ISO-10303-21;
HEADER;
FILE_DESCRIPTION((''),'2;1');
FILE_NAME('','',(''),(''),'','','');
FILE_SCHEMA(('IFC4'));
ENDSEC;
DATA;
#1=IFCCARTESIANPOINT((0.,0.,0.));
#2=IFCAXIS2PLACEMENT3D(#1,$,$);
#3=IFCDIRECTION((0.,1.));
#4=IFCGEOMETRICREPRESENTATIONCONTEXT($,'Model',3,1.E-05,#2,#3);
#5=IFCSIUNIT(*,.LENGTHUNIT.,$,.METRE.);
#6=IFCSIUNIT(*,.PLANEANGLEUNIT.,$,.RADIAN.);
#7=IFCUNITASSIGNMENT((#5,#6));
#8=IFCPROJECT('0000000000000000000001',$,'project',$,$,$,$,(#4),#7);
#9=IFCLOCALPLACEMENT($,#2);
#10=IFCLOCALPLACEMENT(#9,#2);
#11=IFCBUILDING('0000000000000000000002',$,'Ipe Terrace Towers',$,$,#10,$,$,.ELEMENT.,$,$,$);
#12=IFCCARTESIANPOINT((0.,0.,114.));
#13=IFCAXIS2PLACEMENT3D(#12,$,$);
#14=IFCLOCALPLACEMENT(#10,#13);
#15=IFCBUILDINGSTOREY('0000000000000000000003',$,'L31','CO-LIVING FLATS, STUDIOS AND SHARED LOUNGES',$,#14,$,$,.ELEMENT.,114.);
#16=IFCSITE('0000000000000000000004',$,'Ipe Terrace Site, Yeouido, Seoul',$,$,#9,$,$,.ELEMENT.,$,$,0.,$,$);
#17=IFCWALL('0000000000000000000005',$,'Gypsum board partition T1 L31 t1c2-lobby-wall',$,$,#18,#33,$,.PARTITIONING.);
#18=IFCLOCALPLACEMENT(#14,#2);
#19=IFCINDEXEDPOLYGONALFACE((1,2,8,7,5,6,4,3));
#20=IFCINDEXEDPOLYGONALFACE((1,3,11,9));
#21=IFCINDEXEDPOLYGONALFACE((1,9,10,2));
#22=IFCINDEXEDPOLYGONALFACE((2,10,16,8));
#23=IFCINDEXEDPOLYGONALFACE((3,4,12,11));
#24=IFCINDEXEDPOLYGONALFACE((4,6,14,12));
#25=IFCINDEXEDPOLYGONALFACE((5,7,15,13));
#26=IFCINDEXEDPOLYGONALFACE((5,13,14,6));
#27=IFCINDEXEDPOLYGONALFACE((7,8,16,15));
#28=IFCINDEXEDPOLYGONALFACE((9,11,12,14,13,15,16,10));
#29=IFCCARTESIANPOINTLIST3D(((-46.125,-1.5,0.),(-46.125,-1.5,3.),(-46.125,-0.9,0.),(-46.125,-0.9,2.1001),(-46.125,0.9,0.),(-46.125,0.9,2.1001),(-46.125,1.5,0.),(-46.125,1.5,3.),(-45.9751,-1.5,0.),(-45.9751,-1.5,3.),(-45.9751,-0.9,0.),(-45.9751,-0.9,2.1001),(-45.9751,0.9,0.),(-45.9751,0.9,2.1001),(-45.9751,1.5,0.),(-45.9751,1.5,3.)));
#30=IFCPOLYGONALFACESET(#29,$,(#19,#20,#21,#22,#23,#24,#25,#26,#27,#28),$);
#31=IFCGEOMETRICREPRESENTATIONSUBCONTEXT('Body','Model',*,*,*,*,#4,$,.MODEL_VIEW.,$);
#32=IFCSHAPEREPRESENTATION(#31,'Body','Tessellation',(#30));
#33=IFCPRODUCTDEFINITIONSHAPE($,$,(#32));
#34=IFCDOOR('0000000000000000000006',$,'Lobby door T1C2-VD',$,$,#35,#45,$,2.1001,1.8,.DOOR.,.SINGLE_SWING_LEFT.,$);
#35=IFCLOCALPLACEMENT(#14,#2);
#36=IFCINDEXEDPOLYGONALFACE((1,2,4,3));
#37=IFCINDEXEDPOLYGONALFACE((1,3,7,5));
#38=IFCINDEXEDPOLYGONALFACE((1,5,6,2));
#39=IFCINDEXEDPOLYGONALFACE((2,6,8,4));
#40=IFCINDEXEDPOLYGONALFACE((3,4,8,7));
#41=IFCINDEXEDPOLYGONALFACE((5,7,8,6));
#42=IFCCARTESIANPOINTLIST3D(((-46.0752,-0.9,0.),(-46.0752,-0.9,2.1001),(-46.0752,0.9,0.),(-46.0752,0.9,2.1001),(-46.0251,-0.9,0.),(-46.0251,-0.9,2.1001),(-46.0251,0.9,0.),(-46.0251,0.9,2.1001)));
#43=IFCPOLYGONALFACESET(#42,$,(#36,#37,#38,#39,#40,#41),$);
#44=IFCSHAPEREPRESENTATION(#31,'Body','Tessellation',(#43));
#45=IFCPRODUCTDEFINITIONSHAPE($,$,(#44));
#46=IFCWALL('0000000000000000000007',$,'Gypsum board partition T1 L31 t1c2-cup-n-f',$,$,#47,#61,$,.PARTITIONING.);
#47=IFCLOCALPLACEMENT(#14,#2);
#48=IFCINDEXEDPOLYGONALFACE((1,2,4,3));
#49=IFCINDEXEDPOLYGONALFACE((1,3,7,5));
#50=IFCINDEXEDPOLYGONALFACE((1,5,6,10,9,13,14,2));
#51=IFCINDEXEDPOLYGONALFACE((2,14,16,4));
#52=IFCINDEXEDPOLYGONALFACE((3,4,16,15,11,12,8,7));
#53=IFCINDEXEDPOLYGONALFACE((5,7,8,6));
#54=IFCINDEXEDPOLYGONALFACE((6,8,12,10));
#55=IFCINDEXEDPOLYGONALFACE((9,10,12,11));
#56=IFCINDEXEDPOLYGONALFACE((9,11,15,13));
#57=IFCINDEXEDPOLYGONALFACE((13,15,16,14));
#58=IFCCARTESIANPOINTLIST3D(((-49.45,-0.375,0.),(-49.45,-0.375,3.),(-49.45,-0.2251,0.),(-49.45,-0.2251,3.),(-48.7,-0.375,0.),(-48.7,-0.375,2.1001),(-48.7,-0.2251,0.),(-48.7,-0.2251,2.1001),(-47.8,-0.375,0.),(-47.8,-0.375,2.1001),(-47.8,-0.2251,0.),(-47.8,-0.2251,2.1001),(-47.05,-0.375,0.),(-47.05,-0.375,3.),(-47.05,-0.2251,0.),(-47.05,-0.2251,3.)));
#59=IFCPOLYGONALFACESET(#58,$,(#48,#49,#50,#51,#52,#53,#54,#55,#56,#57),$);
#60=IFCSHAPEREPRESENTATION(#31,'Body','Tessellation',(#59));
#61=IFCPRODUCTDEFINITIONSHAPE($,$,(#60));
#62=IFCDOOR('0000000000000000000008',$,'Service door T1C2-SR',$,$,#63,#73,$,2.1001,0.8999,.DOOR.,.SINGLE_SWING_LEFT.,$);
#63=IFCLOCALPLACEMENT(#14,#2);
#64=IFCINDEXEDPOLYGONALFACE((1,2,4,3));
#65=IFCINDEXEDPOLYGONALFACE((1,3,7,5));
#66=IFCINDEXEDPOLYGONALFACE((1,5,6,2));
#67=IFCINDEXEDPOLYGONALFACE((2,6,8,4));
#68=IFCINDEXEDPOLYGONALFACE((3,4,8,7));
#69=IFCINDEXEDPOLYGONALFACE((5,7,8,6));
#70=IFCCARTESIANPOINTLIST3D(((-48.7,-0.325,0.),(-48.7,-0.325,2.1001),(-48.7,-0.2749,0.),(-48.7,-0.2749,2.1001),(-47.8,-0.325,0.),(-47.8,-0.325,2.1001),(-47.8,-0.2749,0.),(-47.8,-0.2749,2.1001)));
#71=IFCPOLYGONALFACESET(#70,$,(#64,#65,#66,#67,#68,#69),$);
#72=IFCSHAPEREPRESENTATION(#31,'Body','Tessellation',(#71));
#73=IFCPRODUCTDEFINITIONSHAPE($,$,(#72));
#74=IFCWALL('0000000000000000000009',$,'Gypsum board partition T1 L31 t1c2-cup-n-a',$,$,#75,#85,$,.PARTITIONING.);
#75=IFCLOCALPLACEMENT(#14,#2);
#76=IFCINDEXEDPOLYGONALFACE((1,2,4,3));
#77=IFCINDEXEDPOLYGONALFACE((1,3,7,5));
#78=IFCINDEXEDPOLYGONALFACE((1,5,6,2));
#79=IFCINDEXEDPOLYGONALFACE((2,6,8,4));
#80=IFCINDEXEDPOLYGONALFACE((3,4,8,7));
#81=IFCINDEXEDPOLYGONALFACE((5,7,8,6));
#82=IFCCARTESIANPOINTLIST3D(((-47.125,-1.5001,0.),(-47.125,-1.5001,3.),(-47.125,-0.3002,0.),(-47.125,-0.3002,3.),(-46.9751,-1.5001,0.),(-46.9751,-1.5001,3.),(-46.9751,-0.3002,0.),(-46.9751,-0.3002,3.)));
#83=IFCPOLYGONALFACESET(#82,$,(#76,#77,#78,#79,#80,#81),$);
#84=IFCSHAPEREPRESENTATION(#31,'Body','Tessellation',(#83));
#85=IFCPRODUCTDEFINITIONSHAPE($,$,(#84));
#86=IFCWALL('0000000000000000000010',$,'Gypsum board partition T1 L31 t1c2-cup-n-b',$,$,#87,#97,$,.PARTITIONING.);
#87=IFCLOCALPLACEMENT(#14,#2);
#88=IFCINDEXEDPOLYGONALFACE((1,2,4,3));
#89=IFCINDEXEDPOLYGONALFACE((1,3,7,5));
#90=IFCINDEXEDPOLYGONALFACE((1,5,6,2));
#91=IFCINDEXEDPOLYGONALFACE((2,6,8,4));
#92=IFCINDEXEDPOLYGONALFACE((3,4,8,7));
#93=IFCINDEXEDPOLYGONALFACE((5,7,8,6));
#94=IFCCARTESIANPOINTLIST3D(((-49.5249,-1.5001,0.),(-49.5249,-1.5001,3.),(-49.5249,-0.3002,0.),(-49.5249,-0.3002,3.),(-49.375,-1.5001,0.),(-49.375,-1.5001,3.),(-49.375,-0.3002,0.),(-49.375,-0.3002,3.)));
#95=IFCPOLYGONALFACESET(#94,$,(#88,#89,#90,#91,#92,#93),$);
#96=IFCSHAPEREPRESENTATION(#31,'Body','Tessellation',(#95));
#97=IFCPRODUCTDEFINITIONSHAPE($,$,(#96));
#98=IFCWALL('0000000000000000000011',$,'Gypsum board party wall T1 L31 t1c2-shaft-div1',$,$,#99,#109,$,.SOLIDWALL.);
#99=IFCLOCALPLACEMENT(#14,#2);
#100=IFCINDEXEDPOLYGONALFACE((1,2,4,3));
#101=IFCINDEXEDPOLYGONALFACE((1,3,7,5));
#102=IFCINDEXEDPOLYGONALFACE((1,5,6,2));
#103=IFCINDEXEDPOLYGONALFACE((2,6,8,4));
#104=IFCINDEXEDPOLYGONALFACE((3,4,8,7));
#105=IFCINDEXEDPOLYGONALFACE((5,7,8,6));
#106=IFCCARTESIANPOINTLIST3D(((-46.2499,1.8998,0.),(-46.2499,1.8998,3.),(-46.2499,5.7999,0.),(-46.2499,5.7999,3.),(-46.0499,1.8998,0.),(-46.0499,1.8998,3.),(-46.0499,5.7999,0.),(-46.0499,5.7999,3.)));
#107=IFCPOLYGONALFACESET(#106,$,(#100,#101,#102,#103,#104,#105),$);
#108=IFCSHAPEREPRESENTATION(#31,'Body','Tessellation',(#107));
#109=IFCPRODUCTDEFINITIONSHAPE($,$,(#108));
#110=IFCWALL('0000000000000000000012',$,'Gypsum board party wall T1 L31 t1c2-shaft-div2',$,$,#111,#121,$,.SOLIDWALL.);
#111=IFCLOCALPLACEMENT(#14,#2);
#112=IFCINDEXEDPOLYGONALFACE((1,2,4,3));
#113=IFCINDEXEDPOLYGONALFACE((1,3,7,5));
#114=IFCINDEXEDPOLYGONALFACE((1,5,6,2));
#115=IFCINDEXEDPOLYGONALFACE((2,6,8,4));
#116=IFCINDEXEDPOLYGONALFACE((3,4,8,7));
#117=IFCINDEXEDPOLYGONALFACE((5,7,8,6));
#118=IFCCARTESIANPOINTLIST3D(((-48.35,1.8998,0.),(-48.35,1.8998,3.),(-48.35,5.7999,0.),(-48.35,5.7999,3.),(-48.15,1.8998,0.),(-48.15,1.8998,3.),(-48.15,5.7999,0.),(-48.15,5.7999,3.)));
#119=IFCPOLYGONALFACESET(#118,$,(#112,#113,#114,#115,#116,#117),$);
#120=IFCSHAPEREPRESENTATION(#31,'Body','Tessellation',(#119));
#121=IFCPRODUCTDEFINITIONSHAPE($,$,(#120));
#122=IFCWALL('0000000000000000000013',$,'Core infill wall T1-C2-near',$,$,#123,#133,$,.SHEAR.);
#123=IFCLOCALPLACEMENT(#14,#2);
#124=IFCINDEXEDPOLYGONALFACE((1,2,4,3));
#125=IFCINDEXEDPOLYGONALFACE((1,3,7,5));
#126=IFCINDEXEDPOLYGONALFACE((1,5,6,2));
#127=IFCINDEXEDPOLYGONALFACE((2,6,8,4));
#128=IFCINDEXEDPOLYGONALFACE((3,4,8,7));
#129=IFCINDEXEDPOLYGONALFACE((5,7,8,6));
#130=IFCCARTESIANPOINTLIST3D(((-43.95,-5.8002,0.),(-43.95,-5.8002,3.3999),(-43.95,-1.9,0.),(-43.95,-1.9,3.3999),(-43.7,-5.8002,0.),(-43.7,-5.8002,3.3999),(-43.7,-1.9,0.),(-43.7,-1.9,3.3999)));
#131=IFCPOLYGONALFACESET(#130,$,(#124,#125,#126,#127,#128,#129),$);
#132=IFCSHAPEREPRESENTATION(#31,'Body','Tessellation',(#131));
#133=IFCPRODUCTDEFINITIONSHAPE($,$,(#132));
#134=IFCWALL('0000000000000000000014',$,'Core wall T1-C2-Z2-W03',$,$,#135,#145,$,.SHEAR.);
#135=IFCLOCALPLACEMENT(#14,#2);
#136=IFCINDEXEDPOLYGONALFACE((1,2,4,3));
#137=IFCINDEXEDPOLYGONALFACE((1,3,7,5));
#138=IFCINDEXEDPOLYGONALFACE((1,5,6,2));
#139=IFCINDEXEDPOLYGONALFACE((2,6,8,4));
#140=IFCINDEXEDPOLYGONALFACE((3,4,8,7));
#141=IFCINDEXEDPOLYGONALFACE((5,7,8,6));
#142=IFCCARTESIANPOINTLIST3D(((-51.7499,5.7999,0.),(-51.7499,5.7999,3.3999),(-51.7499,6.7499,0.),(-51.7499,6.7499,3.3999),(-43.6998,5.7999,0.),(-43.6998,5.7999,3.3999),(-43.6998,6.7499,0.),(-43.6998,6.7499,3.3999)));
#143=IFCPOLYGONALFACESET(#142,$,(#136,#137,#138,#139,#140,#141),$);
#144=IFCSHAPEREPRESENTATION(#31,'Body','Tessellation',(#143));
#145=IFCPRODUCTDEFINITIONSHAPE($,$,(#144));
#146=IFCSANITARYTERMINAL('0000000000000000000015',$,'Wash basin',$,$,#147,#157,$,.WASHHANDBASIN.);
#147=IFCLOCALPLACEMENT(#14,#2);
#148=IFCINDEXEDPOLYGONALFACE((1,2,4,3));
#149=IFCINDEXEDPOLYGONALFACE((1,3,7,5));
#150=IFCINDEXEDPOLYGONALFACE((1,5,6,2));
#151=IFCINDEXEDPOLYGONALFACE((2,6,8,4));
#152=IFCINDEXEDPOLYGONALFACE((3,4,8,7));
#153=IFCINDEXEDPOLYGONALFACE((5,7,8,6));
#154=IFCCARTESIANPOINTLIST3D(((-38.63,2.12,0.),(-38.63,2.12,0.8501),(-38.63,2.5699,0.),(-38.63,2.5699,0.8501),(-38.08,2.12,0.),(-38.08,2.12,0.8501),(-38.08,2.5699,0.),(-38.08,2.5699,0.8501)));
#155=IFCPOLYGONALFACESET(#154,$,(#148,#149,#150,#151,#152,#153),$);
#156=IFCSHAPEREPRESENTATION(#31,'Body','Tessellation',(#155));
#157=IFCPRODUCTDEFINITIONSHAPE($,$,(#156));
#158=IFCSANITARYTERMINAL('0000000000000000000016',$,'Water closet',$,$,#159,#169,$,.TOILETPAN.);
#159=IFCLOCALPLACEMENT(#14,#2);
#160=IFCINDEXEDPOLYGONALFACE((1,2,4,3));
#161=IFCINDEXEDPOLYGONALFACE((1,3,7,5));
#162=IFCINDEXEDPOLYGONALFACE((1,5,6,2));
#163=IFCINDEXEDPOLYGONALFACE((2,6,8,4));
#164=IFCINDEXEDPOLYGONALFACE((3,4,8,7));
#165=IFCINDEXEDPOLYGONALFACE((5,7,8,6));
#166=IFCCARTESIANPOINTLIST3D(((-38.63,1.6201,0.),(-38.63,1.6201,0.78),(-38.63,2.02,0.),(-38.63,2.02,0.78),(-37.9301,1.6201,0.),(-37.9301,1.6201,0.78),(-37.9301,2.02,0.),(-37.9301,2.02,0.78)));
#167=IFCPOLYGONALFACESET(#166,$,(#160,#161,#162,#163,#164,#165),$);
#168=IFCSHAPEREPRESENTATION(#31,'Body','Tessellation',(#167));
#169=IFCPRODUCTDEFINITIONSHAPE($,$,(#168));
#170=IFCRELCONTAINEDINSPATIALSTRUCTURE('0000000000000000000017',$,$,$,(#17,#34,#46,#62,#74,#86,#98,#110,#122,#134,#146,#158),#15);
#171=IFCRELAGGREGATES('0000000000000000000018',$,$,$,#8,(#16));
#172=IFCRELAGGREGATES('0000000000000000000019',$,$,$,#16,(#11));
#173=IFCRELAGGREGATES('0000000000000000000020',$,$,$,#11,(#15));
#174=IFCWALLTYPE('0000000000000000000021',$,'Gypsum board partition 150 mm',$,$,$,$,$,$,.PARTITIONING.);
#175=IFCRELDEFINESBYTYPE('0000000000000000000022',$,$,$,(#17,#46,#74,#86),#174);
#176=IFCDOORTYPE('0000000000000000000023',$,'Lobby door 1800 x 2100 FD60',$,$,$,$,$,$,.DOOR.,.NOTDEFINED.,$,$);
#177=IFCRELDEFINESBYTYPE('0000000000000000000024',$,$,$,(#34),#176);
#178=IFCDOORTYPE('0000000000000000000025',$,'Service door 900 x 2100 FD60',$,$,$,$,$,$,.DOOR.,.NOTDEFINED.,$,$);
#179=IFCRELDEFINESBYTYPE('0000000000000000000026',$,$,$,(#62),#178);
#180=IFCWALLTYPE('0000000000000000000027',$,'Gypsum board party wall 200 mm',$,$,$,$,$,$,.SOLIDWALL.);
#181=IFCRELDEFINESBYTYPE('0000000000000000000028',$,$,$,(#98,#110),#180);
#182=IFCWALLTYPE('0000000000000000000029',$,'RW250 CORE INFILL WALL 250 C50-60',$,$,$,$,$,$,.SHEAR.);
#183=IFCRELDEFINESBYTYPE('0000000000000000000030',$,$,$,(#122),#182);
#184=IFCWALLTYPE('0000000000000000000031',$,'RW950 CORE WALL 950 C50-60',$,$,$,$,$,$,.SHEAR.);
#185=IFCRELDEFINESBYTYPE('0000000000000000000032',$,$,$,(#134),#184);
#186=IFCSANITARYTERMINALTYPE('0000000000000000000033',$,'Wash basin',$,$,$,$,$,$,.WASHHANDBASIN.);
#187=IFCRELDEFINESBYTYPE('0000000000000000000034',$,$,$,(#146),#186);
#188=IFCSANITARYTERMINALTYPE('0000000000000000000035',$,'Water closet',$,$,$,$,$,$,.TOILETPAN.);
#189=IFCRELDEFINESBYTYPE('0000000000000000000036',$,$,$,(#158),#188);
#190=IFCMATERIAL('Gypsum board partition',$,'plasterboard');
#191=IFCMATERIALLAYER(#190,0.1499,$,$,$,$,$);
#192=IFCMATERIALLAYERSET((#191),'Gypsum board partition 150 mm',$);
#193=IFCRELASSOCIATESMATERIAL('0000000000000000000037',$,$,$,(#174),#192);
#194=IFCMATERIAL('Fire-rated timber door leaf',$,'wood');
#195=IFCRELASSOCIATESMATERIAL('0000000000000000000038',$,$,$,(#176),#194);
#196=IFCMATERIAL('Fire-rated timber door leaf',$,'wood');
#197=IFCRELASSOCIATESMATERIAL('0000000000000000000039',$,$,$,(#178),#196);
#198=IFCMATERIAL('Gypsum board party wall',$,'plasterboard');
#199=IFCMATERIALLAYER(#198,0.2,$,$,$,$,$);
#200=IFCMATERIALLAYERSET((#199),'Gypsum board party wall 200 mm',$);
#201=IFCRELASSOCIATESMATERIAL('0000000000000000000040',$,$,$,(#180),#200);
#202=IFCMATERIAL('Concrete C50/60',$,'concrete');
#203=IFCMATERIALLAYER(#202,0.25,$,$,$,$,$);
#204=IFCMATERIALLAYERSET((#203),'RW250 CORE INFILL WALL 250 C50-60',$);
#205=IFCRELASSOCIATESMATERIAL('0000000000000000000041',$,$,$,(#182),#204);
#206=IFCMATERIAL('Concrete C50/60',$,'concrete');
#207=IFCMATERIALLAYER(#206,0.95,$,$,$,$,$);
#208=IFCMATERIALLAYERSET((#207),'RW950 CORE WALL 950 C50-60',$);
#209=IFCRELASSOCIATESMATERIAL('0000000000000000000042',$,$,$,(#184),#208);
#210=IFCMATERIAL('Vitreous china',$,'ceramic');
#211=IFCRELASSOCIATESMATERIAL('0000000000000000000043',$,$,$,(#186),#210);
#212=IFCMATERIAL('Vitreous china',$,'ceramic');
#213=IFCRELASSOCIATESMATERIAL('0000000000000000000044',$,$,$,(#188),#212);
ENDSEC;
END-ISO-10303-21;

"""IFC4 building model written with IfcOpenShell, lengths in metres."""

from ifc_helpers import new_model, si_unit, direction, frame, frame_2d, origin, origin_2d, place, context, subcontext, project, spatial, rectangle, extrude, material, layer, layer_set, type_object, element, fill, save


model = new_model("IFC4")

# Units and contexts
model_context = context("Model", 3, precision=1e-05, world=origin(), true_north=direction((0.0, 1.0)))
body_context = subcontext(model_context, "Body", "Model", "MODEL_VIEW")
ifc_project = project(units=[si_unit("LENGTHUNIT", "METRE"), si_unit("PLANEANGLEUNIT", "RADIAN")], contexts=[model_context])

# Site, building, storey
site_placement = place(None, origin())
site = spatial("IfcSite", under=ifc_project, at=site_placement, Name="Ipe Terrace Site, Yeouido, Seoul", CompositionType="ELEMENT", RefElevation=0.0)
building_placement = place(site_placement, origin())
building = spatial("IfcBuilding", under=site, at=building_placement, Name="Ipe Terrace Towers", CompositionType="ELEMENT")
storey_placement = place(building_placement, frame((0.0, 0.0, 114.0)))
storey = spatial("IfcBuildingStorey", under=building, at=storey_placement, Name="L31", Description="CO-LIVING FLATS, STUDIOS AND SHARED LOUNGES", CompositionType="ELEMENT", Elevation=114.0)

# Walls, openings, doors
ifc_material_1 = material(Name="Gypsum board partition", Category="plasterboard")
ifc_layer_1 = layer(ifc_material_1, 0.1499)
ifc_layer_set_1 = layer_set([ifc_layer_1], Name="Gypsum board partition 150 mm")
wall_type_1 = type_object("IfcWallType", Name="Gypsum board partition 150 mm", PredefinedType="PARTITIONING", material=ifc_layer_set_1)
wall_1_placement = place(storey_placement, frame((-46.05, 1.5, 0.0), z_axis=(0.0, 0.0, 1.0), x_axis=(0.0, -1.0, 0.0)))
wall_1 = element("IfcWall", 1, at=wall_1_placement, inside=storey, type_object=wall_type_1, Name="Gypsum board partition T1 L31 t1c2-lobby-wall", PredefinedType="PARTITIONING", context=body_context, shape_type="SweptSolid", body=[
    extrude(rectangle(XDim=3.0, YDim=0.1499, at=frame_2d((1.5, 0.0))), origin(), (0.0, 0.0, 1.0), 3.0),
])
opening_1_placement = place(wall_1_placement, frame((0.6001, 0.0, 0.0)))
opening_1 = element("IfcOpeningElement", 2, at=opening_1_placement, cuts=wall_1, PredefinedType="OPENING", context=body_context, shape_type="SweptSolid", body=[
    extrude(rectangle(XDim=1.8, YDim=2.1001, at=frame_2d((0.8999, 1.05))), frame((0.0, 0.085, 0.0), z_axis=(0.0, -1.0, 0.0), x_axis=(1.0, 0.0, 0.0)), (0.0, 0.0, 1.0), 0.1699),
])
ifc_material_2 = material(Name="Fire-rated timber door leaf", Category="wood")
door_type_1 = type_object("IfcDoorType", Name="Lobby door 1800 x 2100 FD60", OperationType="NOTDEFINED", PredefinedType="DOOR", material=ifc_material_2)
door_1_placement = place(opening_1_placement, origin())
door_1 = element("IfcDoor", 3, at=door_1_placement, inside=storey, type_object=door_type_1, Name="Lobby door T1C2-VD", OperationType="SINGLE_SWING_LEFT", OverallHeight=2.1001, OverallWidth=1.8, PredefinedType="DOOR", context=body_context, shape_type="SweptSolid", body=[
    extrude(rectangle(XDim=1.8, YDim=2.1001, at=frame_2d((0.8999, 1.05))), frame((0.0, 0.0249, 0.0), z_axis=(0.0, -1.0, 0.0), x_axis=(1.0, 0.0, 0.0)), (0.0, 0.0, 1.0), 0.05),
])
fill(opening_1, door_1)
wall_2_placement = place(storey_placement, frame((-47.05, -0.3, 0.0), z_axis=(0.0, 0.0, 1.0), x_axis=(-1.0, 0.0, 0.0)))
wall_2 = element("IfcWall", 4, at=wall_2_placement, inside=storey, type_object=wall_type_1, Name="Gypsum board partition T1 L31 t1c2-cup-n-f", PredefinedType="PARTITIONING", context=body_context, shape_type="SweptSolid", body=[
    extrude(rectangle(XDim=2.3999, YDim=0.1499, at=frame_2d((1.2, 0.0))), origin(), (0.0, 0.0, 1.0), 3.0),
])
opening_2_placement = place(wall_2_placement, frame((0.75, 0.0, 0.0)))
opening_2 = element("IfcOpeningElement", 5, at=opening_2_placement, cuts=wall_2, PredefinedType="OPENING", context=body_context, shape_type="SweptSolid", body=[
    extrude(rectangle(XDim=0.8999, YDim=2.1001, at=frame_2d((0.45, 1.05))), frame((0.0, 0.085, 0.0), z_axis=(0.0, -1.0, 0.0), x_axis=(1.0, 0.0, 0.0)), (0.0, 0.0, 1.0), 0.1699),
])
ifc_material_3 = material(Name="Fire-rated timber door leaf", Category="wood")
door_type_2 = type_object("IfcDoorType", Name="Service door 900 x 2100 FD60", OperationType="NOTDEFINED", PredefinedType="DOOR", material=ifc_material_3)
door_2_placement = place(opening_2_placement, origin())
door_2 = element("IfcDoor", 6, at=door_2_placement, inside=storey, type_object=door_type_2, Name="Service door T1C2-SR", OperationType="SINGLE_SWING_LEFT", OverallHeight=2.1001, OverallWidth=0.8999, PredefinedType="DOOR", context=body_context, shape_type="SweptSolid", body=[
    extrude(rectangle(XDim=0.8999, YDim=2.1001, at=frame_2d((0.45, 1.05))), frame((0.0, 0.0249, 0.0), z_axis=(0.0, -1.0, 0.0), x_axis=(1.0, 0.0, 0.0)), (0.0, 0.0, 1.0), 0.05),
])
fill(opening_2, door_2)

# Walls
for number, where, z_axis, x_axis, name in (
    (7, (-47.05, -0.3, 0.0), (0.0, 0.0, 1.0), (0.0, -1.0, 0.0), "Gypsum board partition T1 L31 t1c2-cup-n-a"),
    (8, (-49.45, -0.3, 0.0), (0.0, 0.0, 1.0), (0.0, -1.0, 0.0), "Gypsum board partition T1 L31 t1c2-cup-n-b"),
):
    element("IfcWall", number, at=place(storey_placement, frame(where, z_axis=z_axis, x_axis=x_axis)), inside=storey, type_object=wall_type_1, Name=name, PredefinedType="PARTITIONING", context=body_context, shape_type="SweptSolid", body=[
        extrude(rectangle(XDim=1.2, YDim=0.1499, at=frame_2d((0.6001, 0.0))), origin(), (0.0, 0.0, 1.0), 3.0),
    ])
ifc_material_4 = material(Name="Gypsum board party wall", Category="plasterboard")
ifc_layer_2 = layer(ifc_material_4, 0.2)
ifc_layer_set_2 = layer_set([ifc_layer_2], Name="Gypsum board party wall 200 mm")
wall_type_2 = type_object("IfcWallType", Name="Gypsum board party wall 200 mm", PredefinedType="SOLIDWALL", material=ifc_layer_set_2)
for number, where, z_axis, x_axis, name in (
    (9, (-46.1499, 5.8, 0.0), (0.0, 0.0, 1.0), (0.0, -1.0, 0.0), "Gypsum board party wall T1 L31 t1c2-shaft-div1"),
    (10, (-48.25, 5.8, 0.0), (0.0, 0.0, 1.0), (0.0, -1.0, 0.0), "Gypsum board party wall T1 L31 t1c2-shaft-div2"),
):
    element("IfcWall", number, at=place(storey_placement, frame(where, z_axis=z_axis, x_axis=x_axis)), inside=storey, type_object=wall_type_2, Name=name, PredefinedType="SOLIDWALL", context=body_context, shape_type="SweptSolid", body=[
        extrude(rectangle(XDim=3.9001, YDim=0.2, at=frame_2d((1.9502, 0.0))), origin(), (0.0, 0.0, 1.0), 3.0),
    ])
ifc_material_5 = material(Name="Concrete C50/60", Category="concrete")
ifc_layer_3 = layer(ifc_material_5, 0.25)
ifc_layer_set_3 = layer_set([ifc_layer_3], Name="RW250 CORE INFILL WALL 250 C50-60")
wall_type_3 = type_object("IfcWallType", Name="RW250 CORE INFILL WALL 250 C50-60", PredefinedType="SHEAR", material=ifc_layer_set_3)
wall_3_placement = place(storey_placement, frame((-43.825, -1.8999, 0.0), z_axis=(0.0, 0.0, 1.0), x_axis=(0.0, -1.0, 0.0)))
element("IfcWall", 11, at=wall_3_placement, inside=storey, type_object=wall_type_3, Name="Core infill wall T1-C2-near", PredefinedType="SHEAR", context=body_context, shape_type="SweptSolid", body=[
    extrude(rectangle(XDim=3.9001, YDim=0.25, at=frame_2d((1.9502, 0.0))), origin(), (0.0, 0.0, 1.0), 3.3999),
])
ifc_material_6 = material(Name="Concrete C50/60", Category="concrete")
ifc_layer_4 = layer(ifc_material_6, 0.95)
ifc_layer_set_4 = layer_set([ifc_layer_4], Name="RW950 CORE WALL 950 C50-60")
wall_type_4 = type_object("IfcWallType", Name="RW950 CORE WALL 950 C50-60", PredefinedType="SHEAR", material=ifc_layer_set_4)
wall_4_placement = place(storey_placement, frame((-43.7, 6.2749, 0.0), z_axis=(0.0, 0.0, 1.0), x_axis=(-1.0, 0.0, 0.0)))
element("IfcWall", 12, at=wall_4_placement, inside=storey, type_object=wall_type_4, Name="Core wall T1-C2-Z2-W03", PredefinedType="SHEAR", context=body_context, shape_type="SweptSolid", body=[
    extrude(rectangle(XDim=8.05, YDim=0.95, at=frame_2d((4.0249, 0.0))), origin(), (0.0, 0.0, 1.0), 3.3999),
])

# Sanitary terminals
ifc_material_7 = material(Name="Vitreous china", Category="ceramic")
sanitary_terminal_type_1 = type_object("IfcSanitaryTerminalType", Name="Wash basin", PredefinedType="WASHHANDBASIN", material=ifc_material_7)
sanitary_terminal_1_placement = place(storey_placement, frame((-38.355, 2.345, 0.0), z_axis=(0.0, 0.0, 1.0), x_axis=(1.0, 0.0, 0.0)))
element("IfcSanitaryTerminal", 13, at=sanitary_terminal_1_placement, inside=storey, type_object=sanitary_terminal_type_1, Name="Wash basin", PredefinedType="WASHHANDBASIN", context=body_context, shape_type="SweptSolid", body=[
    extrude(rectangle(XDim=0.55, YDim=0.45, at=origin_2d()), origin(), (0.0, 0.0, 1.0), 0.8501),
])
ifc_material_8 = material(Name="Vitreous china", Category="ceramic")
sanitary_terminal_type_2 = type_object("IfcSanitaryTerminalType", Name="Water closet", PredefinedType="TOILETPAN", material=ifc_material_8)
sanitary_terminal_2_placement = place(storey_placement, frame((-38.28, 1.8201, 0.0), z_axis=(0.0, 0.0, 1.0), x_axis=(1.0, 0.0, 0.0)))
element("IfcSanitaryTerminal", 14, at=sanitary_terminal_2_placement, inside=storey, type_object=sanitary_terminal_type_2, Name="Water closet", PredefinedType="TOILETPAN", context=body_context, shape_type="SweptSolid", body=[
    extrude(rectangle(XDim=0.7, YDim=0.3999, at=origin_2d()), origin(), (0.0, 0.0, 1.0), 0.78),
])

save(model, "model.ifc")
